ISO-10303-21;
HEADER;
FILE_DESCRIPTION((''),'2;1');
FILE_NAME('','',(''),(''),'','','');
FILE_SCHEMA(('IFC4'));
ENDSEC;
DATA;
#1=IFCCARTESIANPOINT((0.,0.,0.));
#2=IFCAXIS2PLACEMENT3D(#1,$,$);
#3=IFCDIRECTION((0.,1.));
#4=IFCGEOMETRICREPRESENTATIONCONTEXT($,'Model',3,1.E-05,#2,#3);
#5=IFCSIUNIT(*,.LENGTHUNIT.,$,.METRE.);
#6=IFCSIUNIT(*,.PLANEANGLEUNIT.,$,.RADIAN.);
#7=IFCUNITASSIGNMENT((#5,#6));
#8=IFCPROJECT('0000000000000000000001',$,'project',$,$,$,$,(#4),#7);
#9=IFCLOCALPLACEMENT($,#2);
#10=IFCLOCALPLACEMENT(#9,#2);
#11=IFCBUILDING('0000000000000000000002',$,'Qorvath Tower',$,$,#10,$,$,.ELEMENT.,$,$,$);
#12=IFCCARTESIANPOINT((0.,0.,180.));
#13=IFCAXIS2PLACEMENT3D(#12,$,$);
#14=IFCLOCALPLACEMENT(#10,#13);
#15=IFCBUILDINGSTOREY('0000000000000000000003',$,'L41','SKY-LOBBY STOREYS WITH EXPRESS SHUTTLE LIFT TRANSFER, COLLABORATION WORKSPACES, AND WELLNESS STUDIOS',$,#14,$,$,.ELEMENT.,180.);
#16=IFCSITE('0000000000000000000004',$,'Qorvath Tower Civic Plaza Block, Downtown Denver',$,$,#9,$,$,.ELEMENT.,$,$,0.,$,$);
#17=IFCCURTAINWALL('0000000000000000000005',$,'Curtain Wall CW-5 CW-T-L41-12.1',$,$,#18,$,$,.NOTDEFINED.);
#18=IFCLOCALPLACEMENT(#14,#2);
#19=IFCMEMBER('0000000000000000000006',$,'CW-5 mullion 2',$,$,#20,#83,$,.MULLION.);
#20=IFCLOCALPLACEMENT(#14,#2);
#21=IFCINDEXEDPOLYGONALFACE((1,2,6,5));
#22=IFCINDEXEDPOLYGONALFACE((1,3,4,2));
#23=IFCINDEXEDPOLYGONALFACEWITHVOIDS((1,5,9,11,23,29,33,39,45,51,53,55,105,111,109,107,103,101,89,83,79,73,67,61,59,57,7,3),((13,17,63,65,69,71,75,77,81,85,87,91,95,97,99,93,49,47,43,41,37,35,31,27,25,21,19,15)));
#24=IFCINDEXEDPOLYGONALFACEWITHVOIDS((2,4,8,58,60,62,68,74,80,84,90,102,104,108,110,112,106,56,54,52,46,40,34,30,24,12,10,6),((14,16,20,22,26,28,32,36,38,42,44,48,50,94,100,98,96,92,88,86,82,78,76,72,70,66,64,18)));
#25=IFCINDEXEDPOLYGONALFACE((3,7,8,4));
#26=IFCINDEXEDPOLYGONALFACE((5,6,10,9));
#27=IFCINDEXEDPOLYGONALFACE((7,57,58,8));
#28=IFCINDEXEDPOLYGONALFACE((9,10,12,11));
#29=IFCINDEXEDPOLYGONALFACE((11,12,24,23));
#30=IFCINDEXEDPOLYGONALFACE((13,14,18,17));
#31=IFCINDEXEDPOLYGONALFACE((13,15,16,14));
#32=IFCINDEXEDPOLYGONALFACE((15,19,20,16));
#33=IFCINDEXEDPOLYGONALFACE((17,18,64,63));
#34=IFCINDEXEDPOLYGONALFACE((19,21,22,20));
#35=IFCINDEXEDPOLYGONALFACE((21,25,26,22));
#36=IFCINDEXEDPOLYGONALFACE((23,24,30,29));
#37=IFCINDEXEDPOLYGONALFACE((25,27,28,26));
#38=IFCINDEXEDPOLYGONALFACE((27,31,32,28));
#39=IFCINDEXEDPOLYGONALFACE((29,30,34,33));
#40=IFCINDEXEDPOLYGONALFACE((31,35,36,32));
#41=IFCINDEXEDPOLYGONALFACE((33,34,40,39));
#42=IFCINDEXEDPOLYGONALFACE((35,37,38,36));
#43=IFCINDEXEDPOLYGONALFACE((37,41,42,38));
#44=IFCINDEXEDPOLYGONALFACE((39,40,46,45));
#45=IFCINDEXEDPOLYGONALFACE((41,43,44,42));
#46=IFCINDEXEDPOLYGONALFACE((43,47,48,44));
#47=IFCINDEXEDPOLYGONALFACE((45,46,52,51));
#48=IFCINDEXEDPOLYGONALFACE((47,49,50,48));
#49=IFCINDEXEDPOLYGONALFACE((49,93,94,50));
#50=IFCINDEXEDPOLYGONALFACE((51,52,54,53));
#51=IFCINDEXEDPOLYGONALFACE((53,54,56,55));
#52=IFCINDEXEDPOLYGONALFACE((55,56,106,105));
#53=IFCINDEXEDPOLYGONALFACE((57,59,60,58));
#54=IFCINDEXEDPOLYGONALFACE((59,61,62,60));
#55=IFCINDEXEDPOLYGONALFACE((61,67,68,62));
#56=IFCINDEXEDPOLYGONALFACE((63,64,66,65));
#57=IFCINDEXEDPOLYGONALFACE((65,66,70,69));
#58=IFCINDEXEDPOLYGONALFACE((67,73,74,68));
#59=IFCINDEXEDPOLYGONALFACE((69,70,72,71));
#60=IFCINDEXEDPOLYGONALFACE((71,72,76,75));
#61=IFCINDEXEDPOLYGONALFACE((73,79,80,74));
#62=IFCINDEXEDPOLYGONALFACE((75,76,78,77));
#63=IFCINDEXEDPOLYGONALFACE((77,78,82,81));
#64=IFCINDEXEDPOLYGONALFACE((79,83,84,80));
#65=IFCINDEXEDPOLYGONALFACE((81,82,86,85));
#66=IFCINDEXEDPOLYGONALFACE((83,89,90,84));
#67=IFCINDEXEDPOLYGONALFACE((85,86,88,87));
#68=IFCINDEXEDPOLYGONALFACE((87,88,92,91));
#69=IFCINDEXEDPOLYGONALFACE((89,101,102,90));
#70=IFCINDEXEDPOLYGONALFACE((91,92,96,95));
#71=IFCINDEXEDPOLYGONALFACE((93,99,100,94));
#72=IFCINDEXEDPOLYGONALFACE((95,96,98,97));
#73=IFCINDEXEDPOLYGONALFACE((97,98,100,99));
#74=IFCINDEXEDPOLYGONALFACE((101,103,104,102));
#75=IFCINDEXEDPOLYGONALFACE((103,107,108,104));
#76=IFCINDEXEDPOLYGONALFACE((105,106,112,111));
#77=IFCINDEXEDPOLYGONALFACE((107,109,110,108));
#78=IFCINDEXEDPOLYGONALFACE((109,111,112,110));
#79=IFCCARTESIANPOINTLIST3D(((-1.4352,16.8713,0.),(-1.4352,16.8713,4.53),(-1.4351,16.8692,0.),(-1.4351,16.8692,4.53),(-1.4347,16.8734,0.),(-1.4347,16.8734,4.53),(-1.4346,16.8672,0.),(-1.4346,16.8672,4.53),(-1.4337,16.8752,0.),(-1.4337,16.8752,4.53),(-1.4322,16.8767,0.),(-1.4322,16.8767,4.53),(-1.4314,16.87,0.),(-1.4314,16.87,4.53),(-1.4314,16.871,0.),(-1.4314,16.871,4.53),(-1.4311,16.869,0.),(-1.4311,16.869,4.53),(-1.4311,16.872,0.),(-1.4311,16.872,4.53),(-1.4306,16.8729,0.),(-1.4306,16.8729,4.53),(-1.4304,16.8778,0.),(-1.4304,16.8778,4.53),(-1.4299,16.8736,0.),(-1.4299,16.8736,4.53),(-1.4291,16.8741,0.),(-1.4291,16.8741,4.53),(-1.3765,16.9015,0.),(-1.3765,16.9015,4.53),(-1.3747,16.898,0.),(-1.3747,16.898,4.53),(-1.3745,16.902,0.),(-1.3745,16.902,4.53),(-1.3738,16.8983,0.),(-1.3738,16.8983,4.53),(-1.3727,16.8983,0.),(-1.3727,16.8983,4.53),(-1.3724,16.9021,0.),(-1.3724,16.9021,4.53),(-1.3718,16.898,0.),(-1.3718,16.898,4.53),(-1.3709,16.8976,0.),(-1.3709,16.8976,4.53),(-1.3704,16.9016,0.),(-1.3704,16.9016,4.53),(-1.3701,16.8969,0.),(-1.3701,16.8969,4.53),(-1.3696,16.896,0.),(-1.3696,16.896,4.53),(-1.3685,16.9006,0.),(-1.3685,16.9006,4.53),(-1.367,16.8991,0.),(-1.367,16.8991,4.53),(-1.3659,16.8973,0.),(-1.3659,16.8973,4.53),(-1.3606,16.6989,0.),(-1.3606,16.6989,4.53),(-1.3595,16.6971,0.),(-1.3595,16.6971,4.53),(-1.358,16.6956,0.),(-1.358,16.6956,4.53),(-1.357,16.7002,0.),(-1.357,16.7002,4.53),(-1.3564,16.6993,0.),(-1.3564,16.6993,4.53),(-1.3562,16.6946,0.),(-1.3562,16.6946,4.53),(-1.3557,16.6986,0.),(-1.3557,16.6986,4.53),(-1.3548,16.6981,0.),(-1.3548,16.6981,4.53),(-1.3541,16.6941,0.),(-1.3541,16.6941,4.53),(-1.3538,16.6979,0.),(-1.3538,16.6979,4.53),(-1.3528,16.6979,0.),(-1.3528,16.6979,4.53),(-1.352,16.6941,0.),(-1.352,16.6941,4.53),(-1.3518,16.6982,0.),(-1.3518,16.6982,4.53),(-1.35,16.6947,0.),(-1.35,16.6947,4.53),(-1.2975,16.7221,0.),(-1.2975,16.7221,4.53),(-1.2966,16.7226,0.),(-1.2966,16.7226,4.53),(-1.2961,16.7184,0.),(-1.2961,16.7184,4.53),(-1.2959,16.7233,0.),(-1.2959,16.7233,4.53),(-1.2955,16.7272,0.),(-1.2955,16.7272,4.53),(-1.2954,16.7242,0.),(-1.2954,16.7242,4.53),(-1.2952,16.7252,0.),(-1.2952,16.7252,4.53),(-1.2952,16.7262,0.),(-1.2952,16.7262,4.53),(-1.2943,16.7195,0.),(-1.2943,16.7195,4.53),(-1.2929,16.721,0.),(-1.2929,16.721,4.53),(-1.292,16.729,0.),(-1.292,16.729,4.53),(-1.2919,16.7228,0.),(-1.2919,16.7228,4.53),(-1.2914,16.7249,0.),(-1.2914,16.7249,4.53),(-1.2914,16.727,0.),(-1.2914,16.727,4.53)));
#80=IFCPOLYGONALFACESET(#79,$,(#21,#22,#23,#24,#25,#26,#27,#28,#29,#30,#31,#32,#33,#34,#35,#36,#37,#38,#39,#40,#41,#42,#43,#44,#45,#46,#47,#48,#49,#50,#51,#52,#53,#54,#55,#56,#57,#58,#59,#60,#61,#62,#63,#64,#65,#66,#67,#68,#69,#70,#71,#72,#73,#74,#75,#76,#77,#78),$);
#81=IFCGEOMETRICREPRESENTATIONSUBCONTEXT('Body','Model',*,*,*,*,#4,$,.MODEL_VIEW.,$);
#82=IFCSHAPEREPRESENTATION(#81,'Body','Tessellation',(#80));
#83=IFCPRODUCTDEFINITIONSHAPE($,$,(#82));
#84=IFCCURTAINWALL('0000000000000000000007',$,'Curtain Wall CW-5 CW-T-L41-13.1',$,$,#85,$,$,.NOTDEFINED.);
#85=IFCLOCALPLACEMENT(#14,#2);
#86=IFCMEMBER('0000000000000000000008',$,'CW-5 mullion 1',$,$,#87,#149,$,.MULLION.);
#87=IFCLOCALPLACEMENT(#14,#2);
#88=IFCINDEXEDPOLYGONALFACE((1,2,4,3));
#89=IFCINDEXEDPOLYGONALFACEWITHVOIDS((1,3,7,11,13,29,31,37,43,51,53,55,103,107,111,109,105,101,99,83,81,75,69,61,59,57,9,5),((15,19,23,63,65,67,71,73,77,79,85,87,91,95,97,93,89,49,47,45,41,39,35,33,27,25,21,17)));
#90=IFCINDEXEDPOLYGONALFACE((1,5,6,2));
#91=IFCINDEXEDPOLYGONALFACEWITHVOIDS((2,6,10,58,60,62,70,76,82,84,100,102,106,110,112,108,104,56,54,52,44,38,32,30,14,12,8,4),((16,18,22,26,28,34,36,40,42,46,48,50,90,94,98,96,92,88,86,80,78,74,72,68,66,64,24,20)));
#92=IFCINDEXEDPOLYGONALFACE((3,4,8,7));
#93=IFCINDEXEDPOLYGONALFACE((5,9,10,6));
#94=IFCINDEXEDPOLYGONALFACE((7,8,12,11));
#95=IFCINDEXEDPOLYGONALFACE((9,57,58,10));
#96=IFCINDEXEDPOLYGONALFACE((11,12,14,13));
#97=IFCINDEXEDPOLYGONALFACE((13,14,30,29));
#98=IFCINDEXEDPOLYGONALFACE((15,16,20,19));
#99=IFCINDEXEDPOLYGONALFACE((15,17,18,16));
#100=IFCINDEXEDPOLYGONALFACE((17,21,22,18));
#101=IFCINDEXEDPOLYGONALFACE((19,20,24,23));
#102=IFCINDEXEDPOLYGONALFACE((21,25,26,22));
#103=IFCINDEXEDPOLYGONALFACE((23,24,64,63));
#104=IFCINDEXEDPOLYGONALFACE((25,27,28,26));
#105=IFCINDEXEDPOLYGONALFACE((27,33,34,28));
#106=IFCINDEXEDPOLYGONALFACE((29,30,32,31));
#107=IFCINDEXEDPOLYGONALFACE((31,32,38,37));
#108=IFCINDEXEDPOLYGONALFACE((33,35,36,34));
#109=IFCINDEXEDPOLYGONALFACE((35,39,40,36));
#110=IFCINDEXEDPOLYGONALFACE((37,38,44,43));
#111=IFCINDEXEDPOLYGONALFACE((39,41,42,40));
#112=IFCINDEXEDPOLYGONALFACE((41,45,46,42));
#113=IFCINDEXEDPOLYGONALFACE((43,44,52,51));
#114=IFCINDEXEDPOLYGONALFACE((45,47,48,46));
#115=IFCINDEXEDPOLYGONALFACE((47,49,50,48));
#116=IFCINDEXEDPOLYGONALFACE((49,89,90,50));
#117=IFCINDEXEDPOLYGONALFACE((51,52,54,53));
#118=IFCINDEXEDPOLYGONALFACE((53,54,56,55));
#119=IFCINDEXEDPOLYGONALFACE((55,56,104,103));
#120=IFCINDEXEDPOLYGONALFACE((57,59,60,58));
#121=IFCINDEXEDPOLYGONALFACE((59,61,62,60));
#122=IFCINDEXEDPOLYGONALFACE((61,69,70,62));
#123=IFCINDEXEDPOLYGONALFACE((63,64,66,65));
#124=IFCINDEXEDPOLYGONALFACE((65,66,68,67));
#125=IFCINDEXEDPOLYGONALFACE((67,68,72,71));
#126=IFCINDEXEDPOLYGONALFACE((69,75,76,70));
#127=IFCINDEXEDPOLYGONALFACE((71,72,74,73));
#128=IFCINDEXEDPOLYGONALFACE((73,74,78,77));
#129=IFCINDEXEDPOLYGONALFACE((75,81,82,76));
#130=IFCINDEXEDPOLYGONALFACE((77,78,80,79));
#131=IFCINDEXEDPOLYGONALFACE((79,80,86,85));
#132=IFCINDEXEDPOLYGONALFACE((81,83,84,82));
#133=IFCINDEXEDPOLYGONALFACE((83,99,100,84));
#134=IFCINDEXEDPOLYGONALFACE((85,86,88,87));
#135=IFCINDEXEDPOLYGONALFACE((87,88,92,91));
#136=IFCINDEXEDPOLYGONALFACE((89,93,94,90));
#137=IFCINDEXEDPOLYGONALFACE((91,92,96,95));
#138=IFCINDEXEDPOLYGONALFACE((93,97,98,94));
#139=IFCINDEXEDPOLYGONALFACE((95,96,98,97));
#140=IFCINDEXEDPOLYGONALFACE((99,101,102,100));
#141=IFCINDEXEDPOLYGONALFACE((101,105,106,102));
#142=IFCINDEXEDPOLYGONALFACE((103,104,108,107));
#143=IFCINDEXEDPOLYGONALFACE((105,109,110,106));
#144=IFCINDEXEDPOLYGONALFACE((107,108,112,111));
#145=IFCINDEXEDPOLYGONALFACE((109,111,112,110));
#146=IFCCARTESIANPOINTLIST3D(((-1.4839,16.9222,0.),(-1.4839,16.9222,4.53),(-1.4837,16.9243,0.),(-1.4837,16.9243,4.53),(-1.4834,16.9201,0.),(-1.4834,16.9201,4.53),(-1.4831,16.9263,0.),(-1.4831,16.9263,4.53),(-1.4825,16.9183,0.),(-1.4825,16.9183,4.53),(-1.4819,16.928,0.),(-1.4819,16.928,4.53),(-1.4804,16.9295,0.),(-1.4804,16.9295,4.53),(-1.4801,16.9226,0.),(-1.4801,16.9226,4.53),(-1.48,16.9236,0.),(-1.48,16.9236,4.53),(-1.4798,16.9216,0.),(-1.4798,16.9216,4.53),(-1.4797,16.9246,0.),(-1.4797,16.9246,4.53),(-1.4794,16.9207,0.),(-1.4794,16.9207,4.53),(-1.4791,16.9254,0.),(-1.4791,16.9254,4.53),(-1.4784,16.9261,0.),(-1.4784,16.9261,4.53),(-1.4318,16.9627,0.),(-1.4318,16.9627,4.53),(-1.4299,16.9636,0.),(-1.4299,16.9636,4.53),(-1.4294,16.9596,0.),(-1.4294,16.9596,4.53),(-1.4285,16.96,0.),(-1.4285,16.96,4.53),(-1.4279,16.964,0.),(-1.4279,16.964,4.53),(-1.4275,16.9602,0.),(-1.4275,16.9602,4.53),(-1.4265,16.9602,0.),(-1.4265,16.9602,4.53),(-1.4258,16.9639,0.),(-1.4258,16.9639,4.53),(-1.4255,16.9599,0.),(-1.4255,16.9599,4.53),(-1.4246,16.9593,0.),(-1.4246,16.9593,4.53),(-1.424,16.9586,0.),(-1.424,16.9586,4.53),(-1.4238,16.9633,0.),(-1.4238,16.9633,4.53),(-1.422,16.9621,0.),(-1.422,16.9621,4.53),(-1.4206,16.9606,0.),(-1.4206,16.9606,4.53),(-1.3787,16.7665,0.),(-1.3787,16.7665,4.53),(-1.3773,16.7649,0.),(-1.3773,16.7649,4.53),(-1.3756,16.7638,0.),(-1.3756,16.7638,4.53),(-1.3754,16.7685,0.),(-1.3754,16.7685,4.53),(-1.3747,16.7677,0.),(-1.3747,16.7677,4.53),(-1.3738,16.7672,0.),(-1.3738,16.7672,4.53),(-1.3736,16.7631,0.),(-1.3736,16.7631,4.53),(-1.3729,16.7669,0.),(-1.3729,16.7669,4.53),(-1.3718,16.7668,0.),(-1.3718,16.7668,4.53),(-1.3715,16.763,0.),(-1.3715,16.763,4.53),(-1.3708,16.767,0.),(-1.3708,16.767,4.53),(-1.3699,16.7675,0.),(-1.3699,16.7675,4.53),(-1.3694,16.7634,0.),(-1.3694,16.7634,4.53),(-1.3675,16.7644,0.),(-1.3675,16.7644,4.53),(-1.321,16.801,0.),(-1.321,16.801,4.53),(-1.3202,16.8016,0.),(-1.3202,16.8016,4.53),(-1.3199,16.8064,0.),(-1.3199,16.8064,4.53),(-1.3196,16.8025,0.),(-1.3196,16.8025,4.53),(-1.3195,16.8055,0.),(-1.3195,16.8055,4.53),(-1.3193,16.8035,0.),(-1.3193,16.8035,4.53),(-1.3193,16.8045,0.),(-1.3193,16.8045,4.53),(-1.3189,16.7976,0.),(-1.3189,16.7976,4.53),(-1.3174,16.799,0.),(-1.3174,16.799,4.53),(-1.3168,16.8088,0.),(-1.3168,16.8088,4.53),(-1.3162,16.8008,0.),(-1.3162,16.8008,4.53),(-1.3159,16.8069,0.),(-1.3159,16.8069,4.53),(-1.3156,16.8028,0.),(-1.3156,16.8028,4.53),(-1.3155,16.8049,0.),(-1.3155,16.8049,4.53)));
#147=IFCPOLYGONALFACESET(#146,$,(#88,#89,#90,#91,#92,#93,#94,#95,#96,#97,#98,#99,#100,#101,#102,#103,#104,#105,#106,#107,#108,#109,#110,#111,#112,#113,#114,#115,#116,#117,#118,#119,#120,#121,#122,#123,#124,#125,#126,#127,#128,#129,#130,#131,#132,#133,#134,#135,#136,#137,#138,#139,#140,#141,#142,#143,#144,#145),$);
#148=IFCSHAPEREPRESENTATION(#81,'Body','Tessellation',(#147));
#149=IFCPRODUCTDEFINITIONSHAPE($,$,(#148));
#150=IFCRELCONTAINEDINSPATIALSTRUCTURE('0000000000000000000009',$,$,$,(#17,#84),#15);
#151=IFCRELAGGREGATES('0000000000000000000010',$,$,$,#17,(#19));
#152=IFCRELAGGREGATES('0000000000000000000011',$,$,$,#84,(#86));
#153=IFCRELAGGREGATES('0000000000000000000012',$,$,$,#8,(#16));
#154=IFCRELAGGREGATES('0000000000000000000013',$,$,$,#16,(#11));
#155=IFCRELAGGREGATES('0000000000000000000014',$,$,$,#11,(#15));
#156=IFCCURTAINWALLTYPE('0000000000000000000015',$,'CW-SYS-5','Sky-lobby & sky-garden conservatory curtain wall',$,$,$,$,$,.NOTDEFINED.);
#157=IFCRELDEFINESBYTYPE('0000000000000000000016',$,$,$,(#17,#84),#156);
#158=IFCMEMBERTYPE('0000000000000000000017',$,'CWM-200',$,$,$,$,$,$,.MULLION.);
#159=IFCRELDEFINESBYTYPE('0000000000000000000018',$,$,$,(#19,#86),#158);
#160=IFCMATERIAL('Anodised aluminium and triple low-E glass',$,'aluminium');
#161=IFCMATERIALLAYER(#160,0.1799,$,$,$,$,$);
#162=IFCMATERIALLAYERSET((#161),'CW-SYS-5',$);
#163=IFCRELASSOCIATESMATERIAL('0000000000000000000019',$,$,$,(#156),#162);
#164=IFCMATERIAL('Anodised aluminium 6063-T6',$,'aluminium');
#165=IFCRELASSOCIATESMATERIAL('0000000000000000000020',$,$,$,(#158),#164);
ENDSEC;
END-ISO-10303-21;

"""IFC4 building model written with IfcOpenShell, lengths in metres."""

from ifc_helpers import new_model, si_unit, direction, frame, origin, origin_2d, place, context, subcontext, project, spatial, hollow_rectangle, extrude, material, layer, layer_set, material_profile, profile_set, type_object, element, aggregate, save


model = new_model("IFC4")

# Units and contexts
model_context = context("Model", 3, precision=1e-05, world=origin(), true_north=direction((0.0, 1.0)))
body_context = subcontext(model_context, "Body", "Model", "MODEL_VIEW")
ifc_project = project(units=[si_unit("LENGTHUNIT", "METRE"), si_unit("PLANEANGLEUNIT", "RADIAN")], contexts=[model_context])

# Site, building, storey
site_placement = place(None, origin())
site = spatial("IfcSite", under=ifc_project, at=site_placement, Name="Qorvath Tower Civic Plaza Block, Downtown Denver", CompositionType="ELEMENT", RefElevation=0.0)
building_placement = place(site_placement, origin())
building = spatial("IfcBuilding", under=site, at=building_placement, Name="Qorvath Tower", CompositionType="ELEMENT")
storey_placement = place(building_placement, frame((0.0, 0.0, 180.0)))
storey = spatial("IfcBuildingStorey", under=building, at=storey_placement, Name="L41", Description="SKY-LOBBY STOREYS WITH EXPRESS SHUTTLE LIFT TRANSFER, COLLABORATION WORKSPACES, AND WELLNESS STUDIOS", CompositionType="ELEMENT", Elevation=180.0)

# Shared definitions
ifc_material_1 = material(Name="Anodised aluminium and triple low-E glass", Category="aluminium")
ifc_layer_1 = layer(ifc_material_1, 0.1799)
ifc_layer_set_1 = layer_set([ifc_layer_1], Name="CW-SYS-5")
curtain_wall_type = type_object("IfcCurtainWallType", Name="CW-SYS-5", Description="Sky-lobby & sky-garden conservatory curtain wall", PredefinedType="NOTDEFINED", material=ifc_layer_set_1)
ifc_material_2 = material(Name="Anodised aluminium 6063-T6", Category="aluminium")
ifc_material_profile_1 = material_profile(ifc_material_2, hollow_rectangle(XDim=0.075, YDim=0.2, WallThickness=0.0039, InnerFilletRadius=0.0039, OuterFilletRadius=0.0081, at=origin_2d()), Name="CWM 200x75")
ifc_profile_set_1 = profile_set([ifc_material_profile_1], Name="Anodised aluminium 6063-T6")
member_type_1 = type_object("IfcMemberType", Name="CWM-200", PredefinedType="MULLION", material=ifc_profile_set_1)

# Curtain walls, members
curtain_wall_1_placement = place(storey_placement, origin())
curtain_wall_1 = element("IfcCurtainWall", 1, at=curtain_wall_1_placement, inside=storey, type_object=curtain_wall_type, Name="Curtain Wall CW-5 CW-T-L41-12.1", PredefinedType="NOTDEFINED")
member_1_placement = place(storey_placement, frame((-1.3633, 16.7981, 0.0), z_axis=(0.0, 0.0, 1.0), x_axis=(-0.915613, -0.402062, 0.0)))
member_1 = element("IfcMember", 2, at=member_1_placement, type_object=member_type_1, Name="CW-5 mullion 2", PredefinedType="MULLION", context=body_context, shape_type="SweptSolid", body=[
    extrude(hollow_rectangle(XDim=0.075, YDim=0.2, WallThickness=0.0039, InnerFilletRadius=0.0039, OuterFilletRadius=0.0081, at=origin_2d()), origin(), (0.0, 0.0, 1.0), 4.53),
])
curtain_wall_2_placement = place(storey_placement, origin())
curtain_wall_2 = element("IfcCurtainWall", 3, at=curtain_wall_2_placement, inside=storey, type_object=curtain_wall_type, Name="Curtain Wall CW-5 CW-T-L41-13.1", PredefinedType="NOTDEFINED")
member_2_placement = place(storey_placement, frame((-1.3997, 16.8635, 0.0), z_axis=(0.0, 0.0, 1.0), x_axis=(-0.825508, -0.56439, 0.0)))
member_2 = element("IfcMember", 4, at=member_2_placement, type_object=member_type_1, Name="CW-5 mullion 1", PredefinedType="MULLION", context=body_context, shape_type="SweptSolid", body=[
    extrude(hollow_rectangle(XDim=0.075, YDim=0.2, WallThickness=0.0039, InnerFilletRadius=0.0039, OuterFilletRadius=0.0081, at=origin_2d()), origin(), (0.0, 0.0, 1.0), 4.53),
])

aggregate(curtain_wall_1, [member_1])
aggregate(curtain_wall_2, [member_2])

save(model, "model.ifc")
